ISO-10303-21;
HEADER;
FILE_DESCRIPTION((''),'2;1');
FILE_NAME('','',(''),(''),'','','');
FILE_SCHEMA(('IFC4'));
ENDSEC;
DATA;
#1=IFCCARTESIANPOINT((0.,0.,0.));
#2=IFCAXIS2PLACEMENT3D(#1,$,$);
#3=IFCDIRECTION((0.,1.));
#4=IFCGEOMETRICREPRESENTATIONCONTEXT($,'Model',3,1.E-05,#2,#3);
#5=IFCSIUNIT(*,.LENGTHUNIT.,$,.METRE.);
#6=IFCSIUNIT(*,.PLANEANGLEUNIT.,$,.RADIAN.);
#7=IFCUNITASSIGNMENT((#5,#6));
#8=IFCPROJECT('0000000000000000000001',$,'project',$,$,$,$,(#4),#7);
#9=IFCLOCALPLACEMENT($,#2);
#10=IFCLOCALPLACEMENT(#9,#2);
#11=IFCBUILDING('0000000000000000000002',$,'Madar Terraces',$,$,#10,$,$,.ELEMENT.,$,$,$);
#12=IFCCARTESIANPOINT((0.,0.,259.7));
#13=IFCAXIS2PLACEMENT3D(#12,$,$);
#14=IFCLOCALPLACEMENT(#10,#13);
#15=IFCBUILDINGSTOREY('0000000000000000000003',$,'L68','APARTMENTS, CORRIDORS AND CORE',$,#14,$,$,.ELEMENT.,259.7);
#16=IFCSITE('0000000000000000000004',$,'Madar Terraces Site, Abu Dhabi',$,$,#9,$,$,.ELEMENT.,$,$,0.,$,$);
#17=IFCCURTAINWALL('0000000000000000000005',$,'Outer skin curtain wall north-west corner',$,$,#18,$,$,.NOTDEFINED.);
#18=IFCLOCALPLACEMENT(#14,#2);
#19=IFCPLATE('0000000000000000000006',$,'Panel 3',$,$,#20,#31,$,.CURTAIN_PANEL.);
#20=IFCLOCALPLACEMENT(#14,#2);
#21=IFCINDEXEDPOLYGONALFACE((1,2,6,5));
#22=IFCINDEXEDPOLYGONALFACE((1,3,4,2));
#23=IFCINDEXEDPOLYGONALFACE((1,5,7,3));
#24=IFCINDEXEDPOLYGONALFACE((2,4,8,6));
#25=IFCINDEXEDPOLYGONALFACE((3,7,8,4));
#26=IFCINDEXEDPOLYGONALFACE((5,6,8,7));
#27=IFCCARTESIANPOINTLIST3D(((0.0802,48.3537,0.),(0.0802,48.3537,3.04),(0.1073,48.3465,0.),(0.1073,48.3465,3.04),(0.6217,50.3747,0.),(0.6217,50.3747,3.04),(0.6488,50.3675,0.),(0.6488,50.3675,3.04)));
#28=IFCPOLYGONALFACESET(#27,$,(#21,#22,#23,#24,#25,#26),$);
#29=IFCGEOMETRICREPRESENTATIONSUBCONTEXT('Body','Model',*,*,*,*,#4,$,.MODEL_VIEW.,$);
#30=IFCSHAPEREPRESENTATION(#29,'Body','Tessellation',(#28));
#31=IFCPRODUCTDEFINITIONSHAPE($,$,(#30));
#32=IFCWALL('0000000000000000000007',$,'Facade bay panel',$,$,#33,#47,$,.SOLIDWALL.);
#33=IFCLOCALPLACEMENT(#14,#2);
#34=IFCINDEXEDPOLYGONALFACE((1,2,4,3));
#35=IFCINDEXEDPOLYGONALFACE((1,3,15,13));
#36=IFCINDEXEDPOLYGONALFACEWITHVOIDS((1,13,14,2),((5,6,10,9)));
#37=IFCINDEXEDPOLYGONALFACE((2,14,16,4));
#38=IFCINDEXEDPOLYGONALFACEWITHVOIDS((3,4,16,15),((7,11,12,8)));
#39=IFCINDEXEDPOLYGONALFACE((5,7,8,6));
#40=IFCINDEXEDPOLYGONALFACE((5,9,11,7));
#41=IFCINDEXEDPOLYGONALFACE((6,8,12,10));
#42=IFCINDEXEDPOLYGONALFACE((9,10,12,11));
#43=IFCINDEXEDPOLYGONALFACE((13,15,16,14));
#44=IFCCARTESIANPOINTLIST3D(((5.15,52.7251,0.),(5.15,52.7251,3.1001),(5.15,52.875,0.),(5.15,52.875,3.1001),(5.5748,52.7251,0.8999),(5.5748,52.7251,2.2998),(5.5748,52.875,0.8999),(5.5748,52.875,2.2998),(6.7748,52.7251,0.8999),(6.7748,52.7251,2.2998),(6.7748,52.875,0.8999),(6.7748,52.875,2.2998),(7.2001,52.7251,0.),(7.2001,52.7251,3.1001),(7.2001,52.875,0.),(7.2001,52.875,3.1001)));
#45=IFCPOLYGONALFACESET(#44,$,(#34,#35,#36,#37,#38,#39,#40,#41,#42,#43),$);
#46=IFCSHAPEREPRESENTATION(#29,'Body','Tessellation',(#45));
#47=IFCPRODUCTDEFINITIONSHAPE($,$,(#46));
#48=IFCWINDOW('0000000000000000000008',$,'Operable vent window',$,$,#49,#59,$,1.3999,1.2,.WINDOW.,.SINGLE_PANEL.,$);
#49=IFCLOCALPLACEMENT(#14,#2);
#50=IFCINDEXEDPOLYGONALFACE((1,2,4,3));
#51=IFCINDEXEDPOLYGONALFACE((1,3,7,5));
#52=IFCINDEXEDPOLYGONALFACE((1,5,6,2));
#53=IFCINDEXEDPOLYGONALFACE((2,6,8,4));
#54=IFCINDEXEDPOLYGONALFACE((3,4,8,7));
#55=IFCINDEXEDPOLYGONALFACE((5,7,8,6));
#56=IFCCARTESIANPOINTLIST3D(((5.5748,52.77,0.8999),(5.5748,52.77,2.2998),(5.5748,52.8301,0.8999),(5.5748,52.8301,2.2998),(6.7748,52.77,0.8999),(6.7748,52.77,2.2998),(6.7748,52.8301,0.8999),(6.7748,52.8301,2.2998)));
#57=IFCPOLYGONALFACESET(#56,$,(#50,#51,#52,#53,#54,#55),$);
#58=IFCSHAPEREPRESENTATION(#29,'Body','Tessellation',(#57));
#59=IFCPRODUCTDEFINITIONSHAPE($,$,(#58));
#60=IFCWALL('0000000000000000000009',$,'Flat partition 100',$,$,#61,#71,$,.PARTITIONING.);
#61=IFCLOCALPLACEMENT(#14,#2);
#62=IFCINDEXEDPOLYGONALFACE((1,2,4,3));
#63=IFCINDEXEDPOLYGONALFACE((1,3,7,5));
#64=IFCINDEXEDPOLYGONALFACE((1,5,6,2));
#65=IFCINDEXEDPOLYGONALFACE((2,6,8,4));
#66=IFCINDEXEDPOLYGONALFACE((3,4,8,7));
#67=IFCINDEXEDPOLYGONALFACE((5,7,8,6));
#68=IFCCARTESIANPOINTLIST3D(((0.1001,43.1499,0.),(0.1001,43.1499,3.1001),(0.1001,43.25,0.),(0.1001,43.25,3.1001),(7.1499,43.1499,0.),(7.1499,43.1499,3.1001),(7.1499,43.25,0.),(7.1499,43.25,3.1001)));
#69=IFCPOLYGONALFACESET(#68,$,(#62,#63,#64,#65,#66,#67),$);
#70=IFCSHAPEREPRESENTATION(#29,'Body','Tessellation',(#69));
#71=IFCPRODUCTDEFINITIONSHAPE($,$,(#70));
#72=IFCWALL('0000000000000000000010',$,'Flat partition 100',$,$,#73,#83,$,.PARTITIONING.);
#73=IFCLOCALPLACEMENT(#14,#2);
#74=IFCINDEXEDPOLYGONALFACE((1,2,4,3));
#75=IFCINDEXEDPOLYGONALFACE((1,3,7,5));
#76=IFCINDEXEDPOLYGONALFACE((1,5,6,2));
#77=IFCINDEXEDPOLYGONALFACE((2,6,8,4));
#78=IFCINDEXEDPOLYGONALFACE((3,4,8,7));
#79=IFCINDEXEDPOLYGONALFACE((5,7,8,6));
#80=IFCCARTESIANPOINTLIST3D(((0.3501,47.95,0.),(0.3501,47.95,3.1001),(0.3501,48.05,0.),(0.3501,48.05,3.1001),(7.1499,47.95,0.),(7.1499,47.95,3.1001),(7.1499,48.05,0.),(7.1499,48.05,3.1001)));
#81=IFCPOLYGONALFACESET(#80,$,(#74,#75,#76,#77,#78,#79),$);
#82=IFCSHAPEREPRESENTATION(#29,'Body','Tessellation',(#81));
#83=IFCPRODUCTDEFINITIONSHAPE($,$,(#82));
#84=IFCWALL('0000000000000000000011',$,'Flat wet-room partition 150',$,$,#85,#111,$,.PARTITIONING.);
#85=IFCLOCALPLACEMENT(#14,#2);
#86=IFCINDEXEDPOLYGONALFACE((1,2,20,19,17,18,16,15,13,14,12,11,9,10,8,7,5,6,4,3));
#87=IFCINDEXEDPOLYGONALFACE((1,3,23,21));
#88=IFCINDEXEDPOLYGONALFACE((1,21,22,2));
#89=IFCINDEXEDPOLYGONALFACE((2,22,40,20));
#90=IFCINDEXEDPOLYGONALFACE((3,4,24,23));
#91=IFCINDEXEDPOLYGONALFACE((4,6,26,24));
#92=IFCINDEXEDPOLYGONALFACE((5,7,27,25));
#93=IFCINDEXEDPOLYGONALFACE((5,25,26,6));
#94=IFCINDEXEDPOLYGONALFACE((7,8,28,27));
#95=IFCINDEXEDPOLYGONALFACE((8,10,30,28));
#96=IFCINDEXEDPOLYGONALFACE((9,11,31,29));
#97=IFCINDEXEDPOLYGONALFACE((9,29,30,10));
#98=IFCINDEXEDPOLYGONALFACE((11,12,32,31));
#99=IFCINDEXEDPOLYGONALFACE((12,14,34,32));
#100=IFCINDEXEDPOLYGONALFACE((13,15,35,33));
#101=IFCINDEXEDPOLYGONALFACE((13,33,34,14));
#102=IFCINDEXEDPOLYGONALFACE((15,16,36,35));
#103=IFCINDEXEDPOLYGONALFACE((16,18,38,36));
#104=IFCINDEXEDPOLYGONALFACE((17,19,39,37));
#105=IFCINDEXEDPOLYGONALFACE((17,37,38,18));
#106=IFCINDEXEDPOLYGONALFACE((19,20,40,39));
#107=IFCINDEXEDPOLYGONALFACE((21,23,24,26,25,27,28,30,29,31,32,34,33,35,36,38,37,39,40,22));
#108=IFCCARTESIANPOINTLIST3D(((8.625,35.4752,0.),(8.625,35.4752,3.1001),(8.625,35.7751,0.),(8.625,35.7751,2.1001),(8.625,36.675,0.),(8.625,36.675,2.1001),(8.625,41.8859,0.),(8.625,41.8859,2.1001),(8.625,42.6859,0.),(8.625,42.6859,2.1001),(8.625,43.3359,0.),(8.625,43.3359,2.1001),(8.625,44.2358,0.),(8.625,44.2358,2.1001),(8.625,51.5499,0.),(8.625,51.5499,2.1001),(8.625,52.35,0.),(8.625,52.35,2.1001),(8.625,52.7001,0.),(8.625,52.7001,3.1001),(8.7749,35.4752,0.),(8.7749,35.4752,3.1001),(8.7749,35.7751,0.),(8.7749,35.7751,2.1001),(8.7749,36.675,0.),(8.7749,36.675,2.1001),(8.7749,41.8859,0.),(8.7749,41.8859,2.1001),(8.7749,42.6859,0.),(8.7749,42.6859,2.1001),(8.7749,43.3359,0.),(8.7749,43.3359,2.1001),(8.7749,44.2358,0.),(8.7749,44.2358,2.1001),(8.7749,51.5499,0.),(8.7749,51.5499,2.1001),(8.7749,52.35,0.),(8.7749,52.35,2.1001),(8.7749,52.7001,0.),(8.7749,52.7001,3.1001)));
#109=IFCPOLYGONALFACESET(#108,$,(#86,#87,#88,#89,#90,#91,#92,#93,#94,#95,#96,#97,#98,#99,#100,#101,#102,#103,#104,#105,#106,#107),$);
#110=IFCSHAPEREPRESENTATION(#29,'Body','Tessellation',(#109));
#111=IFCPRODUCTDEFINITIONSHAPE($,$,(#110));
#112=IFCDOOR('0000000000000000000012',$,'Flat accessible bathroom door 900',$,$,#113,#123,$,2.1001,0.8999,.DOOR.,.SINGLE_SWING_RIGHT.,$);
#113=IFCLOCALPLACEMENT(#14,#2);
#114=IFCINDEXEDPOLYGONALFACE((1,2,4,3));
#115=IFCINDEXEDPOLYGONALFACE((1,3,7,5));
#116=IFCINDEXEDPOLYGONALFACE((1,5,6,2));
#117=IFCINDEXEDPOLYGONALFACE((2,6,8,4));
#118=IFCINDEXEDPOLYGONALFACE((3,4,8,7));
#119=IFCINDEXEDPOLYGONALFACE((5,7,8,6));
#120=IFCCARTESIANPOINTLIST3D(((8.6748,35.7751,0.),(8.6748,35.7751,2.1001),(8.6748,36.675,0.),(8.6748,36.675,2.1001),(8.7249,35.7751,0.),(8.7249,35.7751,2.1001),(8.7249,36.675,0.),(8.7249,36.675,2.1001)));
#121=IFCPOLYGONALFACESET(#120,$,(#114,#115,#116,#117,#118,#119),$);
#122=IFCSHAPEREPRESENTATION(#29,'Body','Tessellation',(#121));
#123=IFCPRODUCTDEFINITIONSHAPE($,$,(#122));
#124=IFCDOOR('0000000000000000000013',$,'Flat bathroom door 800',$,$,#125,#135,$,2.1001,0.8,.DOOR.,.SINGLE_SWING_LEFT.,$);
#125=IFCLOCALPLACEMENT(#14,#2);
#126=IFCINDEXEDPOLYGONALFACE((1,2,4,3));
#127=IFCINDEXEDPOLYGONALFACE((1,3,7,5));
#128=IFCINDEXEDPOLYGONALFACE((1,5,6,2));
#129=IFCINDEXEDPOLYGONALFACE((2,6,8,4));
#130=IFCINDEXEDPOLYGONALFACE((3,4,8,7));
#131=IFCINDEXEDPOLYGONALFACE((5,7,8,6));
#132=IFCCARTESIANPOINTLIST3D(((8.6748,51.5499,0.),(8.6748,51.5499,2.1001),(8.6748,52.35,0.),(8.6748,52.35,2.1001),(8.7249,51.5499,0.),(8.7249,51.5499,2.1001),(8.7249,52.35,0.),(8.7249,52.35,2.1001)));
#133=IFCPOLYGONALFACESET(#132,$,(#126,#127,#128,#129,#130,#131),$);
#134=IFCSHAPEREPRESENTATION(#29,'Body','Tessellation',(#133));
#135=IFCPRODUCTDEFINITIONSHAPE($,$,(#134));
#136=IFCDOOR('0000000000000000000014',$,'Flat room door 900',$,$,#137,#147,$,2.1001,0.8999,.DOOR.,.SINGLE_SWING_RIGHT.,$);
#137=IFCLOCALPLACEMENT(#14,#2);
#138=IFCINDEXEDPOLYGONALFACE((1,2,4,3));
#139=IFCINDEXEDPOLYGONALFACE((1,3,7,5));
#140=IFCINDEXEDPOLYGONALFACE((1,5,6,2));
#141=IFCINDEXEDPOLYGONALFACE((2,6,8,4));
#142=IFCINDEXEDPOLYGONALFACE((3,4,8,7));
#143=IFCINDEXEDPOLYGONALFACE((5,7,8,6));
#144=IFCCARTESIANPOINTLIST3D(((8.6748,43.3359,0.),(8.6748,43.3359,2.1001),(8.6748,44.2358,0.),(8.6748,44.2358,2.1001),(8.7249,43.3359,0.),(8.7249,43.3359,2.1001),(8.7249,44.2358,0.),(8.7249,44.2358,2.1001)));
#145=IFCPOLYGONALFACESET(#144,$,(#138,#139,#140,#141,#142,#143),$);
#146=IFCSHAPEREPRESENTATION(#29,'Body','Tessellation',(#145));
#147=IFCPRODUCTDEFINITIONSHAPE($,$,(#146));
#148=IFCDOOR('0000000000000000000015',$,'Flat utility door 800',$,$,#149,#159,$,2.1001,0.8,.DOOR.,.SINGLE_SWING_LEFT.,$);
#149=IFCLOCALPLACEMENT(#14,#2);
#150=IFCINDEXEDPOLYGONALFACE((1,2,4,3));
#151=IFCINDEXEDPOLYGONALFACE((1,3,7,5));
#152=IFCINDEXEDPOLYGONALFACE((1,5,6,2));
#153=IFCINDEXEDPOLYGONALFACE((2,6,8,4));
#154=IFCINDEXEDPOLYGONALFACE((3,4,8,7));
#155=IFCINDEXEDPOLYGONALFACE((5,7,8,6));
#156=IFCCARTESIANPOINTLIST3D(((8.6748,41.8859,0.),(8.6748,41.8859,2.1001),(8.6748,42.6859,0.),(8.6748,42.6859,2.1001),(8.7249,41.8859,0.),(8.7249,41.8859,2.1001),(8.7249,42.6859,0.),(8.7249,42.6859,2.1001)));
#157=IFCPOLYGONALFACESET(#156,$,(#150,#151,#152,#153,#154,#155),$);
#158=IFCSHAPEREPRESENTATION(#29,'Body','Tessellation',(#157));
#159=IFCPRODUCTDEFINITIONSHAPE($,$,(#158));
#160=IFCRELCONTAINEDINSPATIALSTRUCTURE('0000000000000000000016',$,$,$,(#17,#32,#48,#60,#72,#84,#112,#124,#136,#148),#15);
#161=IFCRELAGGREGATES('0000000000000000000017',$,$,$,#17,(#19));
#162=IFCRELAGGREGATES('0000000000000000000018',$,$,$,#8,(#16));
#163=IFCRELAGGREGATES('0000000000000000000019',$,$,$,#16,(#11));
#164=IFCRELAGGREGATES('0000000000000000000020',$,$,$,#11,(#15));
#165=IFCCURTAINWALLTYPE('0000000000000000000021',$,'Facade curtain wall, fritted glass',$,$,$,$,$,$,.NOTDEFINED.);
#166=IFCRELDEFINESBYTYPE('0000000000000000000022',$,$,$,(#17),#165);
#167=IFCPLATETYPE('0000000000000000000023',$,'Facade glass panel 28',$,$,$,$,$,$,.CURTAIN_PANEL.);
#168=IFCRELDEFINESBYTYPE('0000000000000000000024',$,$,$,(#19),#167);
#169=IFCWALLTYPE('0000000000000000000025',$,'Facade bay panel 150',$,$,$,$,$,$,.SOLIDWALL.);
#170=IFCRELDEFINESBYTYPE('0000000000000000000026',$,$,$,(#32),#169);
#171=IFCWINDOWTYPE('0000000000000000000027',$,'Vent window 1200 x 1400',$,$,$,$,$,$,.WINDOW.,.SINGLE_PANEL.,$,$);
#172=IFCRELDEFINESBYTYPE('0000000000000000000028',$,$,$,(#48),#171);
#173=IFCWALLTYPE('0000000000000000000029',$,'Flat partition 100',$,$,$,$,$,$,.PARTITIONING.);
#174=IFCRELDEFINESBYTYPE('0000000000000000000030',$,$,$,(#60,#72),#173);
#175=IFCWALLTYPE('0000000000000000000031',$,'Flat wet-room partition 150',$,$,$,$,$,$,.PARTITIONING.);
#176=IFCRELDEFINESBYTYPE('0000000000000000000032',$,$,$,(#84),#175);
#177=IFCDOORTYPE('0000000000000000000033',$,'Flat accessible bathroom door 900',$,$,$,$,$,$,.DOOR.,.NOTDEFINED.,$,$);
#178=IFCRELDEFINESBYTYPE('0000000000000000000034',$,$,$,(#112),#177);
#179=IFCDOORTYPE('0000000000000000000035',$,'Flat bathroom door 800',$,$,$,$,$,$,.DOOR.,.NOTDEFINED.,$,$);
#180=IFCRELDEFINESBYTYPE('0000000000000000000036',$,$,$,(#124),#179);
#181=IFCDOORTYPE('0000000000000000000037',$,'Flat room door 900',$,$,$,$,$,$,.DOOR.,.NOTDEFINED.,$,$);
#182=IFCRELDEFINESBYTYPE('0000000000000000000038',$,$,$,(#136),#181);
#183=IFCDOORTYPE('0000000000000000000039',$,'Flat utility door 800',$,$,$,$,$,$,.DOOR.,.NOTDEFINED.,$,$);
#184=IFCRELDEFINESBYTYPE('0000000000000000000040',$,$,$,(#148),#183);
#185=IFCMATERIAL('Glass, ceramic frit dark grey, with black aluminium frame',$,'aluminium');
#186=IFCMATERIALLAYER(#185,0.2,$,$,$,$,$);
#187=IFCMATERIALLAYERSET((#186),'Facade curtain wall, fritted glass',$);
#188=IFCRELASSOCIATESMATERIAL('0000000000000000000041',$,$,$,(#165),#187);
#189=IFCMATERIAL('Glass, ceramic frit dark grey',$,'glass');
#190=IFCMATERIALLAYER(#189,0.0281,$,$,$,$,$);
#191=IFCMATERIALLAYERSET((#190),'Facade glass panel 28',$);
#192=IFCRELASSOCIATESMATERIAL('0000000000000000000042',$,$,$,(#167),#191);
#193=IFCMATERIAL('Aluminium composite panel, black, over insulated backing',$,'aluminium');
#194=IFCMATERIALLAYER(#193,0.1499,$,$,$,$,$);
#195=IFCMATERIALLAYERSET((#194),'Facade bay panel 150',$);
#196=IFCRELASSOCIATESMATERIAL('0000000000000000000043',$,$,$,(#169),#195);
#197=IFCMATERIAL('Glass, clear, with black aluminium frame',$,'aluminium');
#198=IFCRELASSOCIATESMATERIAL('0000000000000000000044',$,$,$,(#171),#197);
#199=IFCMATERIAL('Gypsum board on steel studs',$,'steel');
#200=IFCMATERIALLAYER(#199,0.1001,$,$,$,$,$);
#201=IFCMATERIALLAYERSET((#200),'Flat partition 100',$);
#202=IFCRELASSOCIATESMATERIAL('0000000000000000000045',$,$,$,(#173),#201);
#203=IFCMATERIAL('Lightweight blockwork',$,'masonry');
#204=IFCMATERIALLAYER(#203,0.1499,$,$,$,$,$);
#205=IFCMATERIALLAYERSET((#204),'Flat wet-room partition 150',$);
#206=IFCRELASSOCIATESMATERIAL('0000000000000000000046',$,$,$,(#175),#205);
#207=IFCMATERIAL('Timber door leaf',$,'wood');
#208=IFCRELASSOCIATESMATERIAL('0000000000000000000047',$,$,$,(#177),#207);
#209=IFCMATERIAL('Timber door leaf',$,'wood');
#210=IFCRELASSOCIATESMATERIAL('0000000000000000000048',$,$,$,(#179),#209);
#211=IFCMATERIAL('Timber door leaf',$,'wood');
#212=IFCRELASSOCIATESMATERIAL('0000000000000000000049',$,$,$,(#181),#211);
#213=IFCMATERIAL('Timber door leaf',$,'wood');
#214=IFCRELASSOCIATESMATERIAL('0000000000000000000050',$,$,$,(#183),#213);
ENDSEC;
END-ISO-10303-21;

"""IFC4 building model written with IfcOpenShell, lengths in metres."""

from ifc_helpers import new_model, si_unit, direction, frame, frame_2d, origin, origin_2d, place, context, subcontext, project, spatial, rectangle, extrude, material, layer, layer_set, type_object, element, fill, aggregate, save


model = new_model("IFC4")

# Units and contexts
model_context = context("Model", 3, precision=1e-05, world=origin(), true_north=direction((0.0, 1.0)))
body_context = subcontext(model_context, "Body", "Model", "MODEL_VIEW")
ifc_project = project(units=[si_unit("LENGTHUNIT", "METRE"), si_unit("PLANEANGLEUNIT", "RADIAN")], contexts=[model_context])

# Site, building, storey
site_placement = place(None, origin())
site = spatial("IfcSite", under=ifc_project, at=site_placement, Name="Madar Terraces Site, Abu Dhabi", CompositionType="ELEMENT", RefElevation=0.0)
building_placement = place(site_placement, origin())
building = spatial("IfcBuilding", under=site, at=building_placement, Name="Madar Terraces", CompositionType="ELEMENT")
storey_placement = place(building_placement, frame((0.0, 0.0, 259.7)))
storey = spatial("IfcBuildingStorey", under=building, at=storey_placement, Name="L68", Description="APARTMENTS, CORRIDORS AND CORE", CompositionType="ELEMENT", Elevation=259.7)

# Shared definitions
ifc_material_1 = material(Name="Glass, ceramic frit dark grey, with black aluminium frame", Category="aluminium")
ifc_layer_1 = layer(ifc_material_1, 0.2)
ifc_layer_set_1 = layer_set([ifc_layer_1], Name="Facade curtain wall, fritted glass")
curtain_wall_type = type_object("IfcCurtainWallType", Name="Facade curtain wall, fritted glass", PredefinedType="NOTDEFINED", material=ifc_layer_set_1)

# Curtain wall
curtain_wall_1_placement = place(storey_placement, origin())
curtain_wall_1 = element("IfcCurtainWall", 1, at=curtain_wall_1_placement, inside=storey, type_object=curtain_wall_type, Name="Outer skin curtain wall north-west corner", PredefinedType="NOTDEFINED")

# Plate
ifc_material_2 = material(Name="Glass, ceramic frit dark grey", Category="glass")
ifc_layer_2 = layer(ifc_material_2, 0.0281)
ifc_layer_set_2 = layer_set([ifc_layer_2], Name="Facade glass panel 28")
plate_type = type_object("IfcPlateType", Name="Facade glass panel 28", PredefinedType="CURTAIN_PANEL", material=ifc_layer_set_2)
plate_1_placement = place(storey_placement, frame((0.3645, 49.3606, 0.0), z_axis=(0.0, 0.0, 1.0), x_axis=(-0.258819, -0.965926, 0.0)))
plate_1 = element("IfcPlate", 2, at=plate_1_placement, type_object=plate_type, Name="Panel 3", PredefinedType="CURTAIN_PANEL", context=body_context, shape_type="SweptSolid", body=[
    extrude(rectangle(XDim=2.0923, YDim=0.0281, at=origin_2d()), origin(), (0.0, 0.0, 1.0), 3.04),
])
aggregate(curtain_wall_1, [plate_1])

# Wall, opening, window
ifc_material_3 = material(Name="Aluminium composite panel, black, over insulated backing", Category="aluminium")
ifc_layer_3 = layer(ifc_material_3, 0.1499)
ifc_layer_set_3 = layer_set([ifc_layer_3], Name="Facade bay panel 150")
wall_type_1 = type_object("IfcWallType", Name="Facade bay panel 150", PredefinedType="SOLIDWALL", material=ifc_layer_set_3)
wall_1_placement = place(storey_placement, frame((7.2, 52.8, 0.0), z_axis=(0.0, 0.0, 1.0), x_axis=(-1.0, 0.0, 0.0)))
wall_1 = element("IfcWall", 3, at=wall_1_placement, inside=storey, type_object=wall_type_1, Name="Facade bay panel", PredefinedType="SOLIDWALL", context=body_context, shape_type="SweptSolid", body=[
    extrude(rectangle(XDim=2.05, YDim=0.1499, at=frame_2d((1.0249, 0.0))), origin(), (0.0, 0.0, 1.0), 3.1001),
])
opening_1_placement = place(wall_1_placement, frame((0.425, 0.0, 0.8999)))
opening_1 = element("IfcOpeningElement", 4, at=opening_1_placement, cuts=wall_1, PredefinedType="OPENING", context=body_context, shape_type="SweptSolid", body=[
    extrude(rectangle(XDim=1.2, YDim=1.3999, at=frame_2d((0.6001, 0.7))), frame((0.0, 0.085, 0.0), z_axis=(0.0, -1.0, 0.0), x_axis=(1.0, 0.0, 0.0)), (0.0, 0.0, 1.0), 0.1699),
])
ifc_material_4 = material(Name="Glass, clear, with black aluminium frame", Category="aluminium")
window_type = type_object("IfcWindowType", Name="Vent window 1200 x 1400", PartitioningType="SINGLE_PANEL", PredefinedType="WINDOW", material=ifc_material_4)
window_placement = place(opening_1_placement, origin())
window = element("IfcWindow", 5, at=window_placement, inside=storey, type_object=window_type, Name="Operable vent window", OverallHeight=1.3999, OverallWidth=1.2, PartitioningType="SINGLE_PANEL", PredefinedType="WINDOW", context=body_context, shape_type="SweptSolid", body=[
    extrude(rectangle(XDim=1.2, YDim=1.3999, at=frame_2d((0.6001, 0.7))), frame((0.0, 0.03, 0.0), z_axis=(0.0, -1.0, 0.0), x_axis=(1.0, 0.0, 0.0)), (0.0, 0.0, 1.0), 0.0601),
])
fill(opening_1, window)

# Walls
ifc_material_5 = material(Name="Gypsum board on steel studs", Category="steel")
ifc_layer_4 = layer(ifc_material_5, 0.1001)
ifc_layer_set_4 = layer_set([ifc_layer_4], Name="Flat partition 100")
wall_type_2 = type_object("IfcWallType", Name="Flat partition 100", PredefinedType="PARTITIONING", material=ifc_layer_set_4)
wall_2_placement = place(storey_placement, frame((7.1499, 43.2, 0.0), z_axis=(0.0, 0.0, 1.0), x_axis=(-1.0, 0.0, 0.0)))
element("IfcWall", 6, at=wall_2_placement, inside=storey, type_object=wall_type_2, Name="Flat partition 100", PredefinedType="PARTITIONING", context=body_context, shape_type="SweptSolid", body=[
    extrude(rectangle(XDim=7.0498, YDim=0.1001, at=frame_2d((3.5249, 0.0))), origin(), (0.0, 0.0, 1.0), 3.1001),
])
wall_3_placement = place(storey_placement, frame((7.1499, 48.0, 0.0), z_axis=(0.0, 0.0, 1.0), x_axis=(-1.0, 0.0, 0.0)))
element("IfcWall", 7, at=wall_3_placement, inside=storey, type_object=wall_type_2, Name="Flat partition 100", PredefinedType="PARTITIONING", context=body_context, shape_type="SweptSolid", body=[
    extrude(rectangle(XDim=6.7998, YDim=0.1001, at=frame_2d((3.3999, 0.0))), origin(), (0.0, 0.0, 1.0), 3.1001),
])

# Wall, openings, doors
ifc_material_6 = material(Name="Lightweight blockwork", Category="masonry")
ifc_layer_5 = layer(ifc_material_6, 0.1499)
ifc_layer_set_5 = layer_set([ifc_layer_5], Name="Flat wet-room partition 150")
wall_type_3 = type_object("IfcWallType", Name="Flat wet-room partition 150", PredefinedType="PARTITIONING", material=ifc_layer_set_5)
wall_4_placement = place(storey_placement, frame((8.7, 52.7, 0.0), z_axis=(0.0, 0.0, 1.0), x_axis=(0.0, -1.0, 0.0)))
wall_4 = element("IfcWall", 8, at=wall_4_placement, inside=storey, type_object=wall_type_3, Name="Flat wet-room partition 150", PredefinedType="PARTITIONING", context=body_context, shape_type="SweptSolid", body=[
    extrude(rectangle(XDim=17.2249, YDim=0.1499, at=frame_2d((8.6123, 0.0))), origin(), (0.0, 0.0, 1.0), 3.1001),
])
opening_2_placement = place(wall_4_placement, frame((16.0249, 0.0, 0.0)))
opening_2 = element("IfcOpeningElement", 9, at=opening_2_placement, cuts=wall_4, PredefinedType="OPENING", context=body_context, shape_type="SweptSolid", body=[
    extrude(rectangle(XDim=0.8999, YDim=2.1001, at=frame_2d((0.45, 1.05))), frame((0.0, 0.085, 0.0), z_axis=(0.0, -1.0, 0.0), x_axis=(1.0, 0.0, 0.0)), (0.0, 0.0, 1.0), 0.1699),
])
opening_3_placement = place(wall_4_placement, frame((10.0142, 0.0, 0.0)))
opening_3 = element("IfcOpeningElement", 10, at=opening_3_placement, cuts=wall_4, PredefinedType="OPENING", context=body_context, shape_type="SweptSolid", body=[
    extrude(rectangle(XDim=0.8, YDim=2.1001, at=frame_2d((0.3999, 1.05))), frame((0.0, 0.085, 0.0), z_axis=(0.0, -1.0, 0.0), x_axis=(1.0, 0.0, 0.0)), (0.0, 0.0, 1.0), 0.1699),
])
opening_4_placement = place(wall_4_placement, frame((8.4641, 0.0, 0.0)))
opening_4 = element("IfcOpeningElement", 11, at=opening_4_placement, cuts=wall_4, PredefinedType="OPENING", context=body_context, shape_type="SweptSolid", body=[
    extrude(rectangle(XDim=0.8999, YDim=2.1001, at=frame_2d((0.45, 1.05))), frame((0.0, 0.085, 0.0), z_axis=(0.0, -1.0, 0.0), x_axis=(1.0, 0.0, 0.0)), (0.0, 0.0, 1.0), 0.1699),
])
opening_5_placement = place(wall_4_placement, frame((0.3501, 0.0, 0.0)))
opening_5 = element("IfcOpeningElement", 12, at=opening_5_placement, cuts=wall_4, PredefinedType="OPENING", context=body_context, shape_type="SweptSolid", body=[
    extrude(rectangle(XDim=0.8, YDim=2.1001, at=frame_2d((0.3999, 1.05))), frame((0.0, 0.085, 0.0), z_axis=(0.0, -1.0, 0.0), x_axis=(1.0, 0.0, 0.0)), (0.0, 0.0, 1.0), 0.1699),
])
ifc_material_7 = material(Name="Timber door leaf", Category="wood")
door_type_1 = type_object("IfcDoorType", Name="Flat accessible bathroom door 900", OperationType="NOTDEFINED", PredefinedType="DOOR", material=ifc_material_7)
door_1_placement = place(opening_2_placement, origin())
door_1 = element("IfcDoor", 13, at=door_1_placement, inside=storey, type_object=door_type_1, Name="Flat accessible bathroom door 900", OperationType="SINGLE_SWING_RIGHT", OverallHeight=2.1001, OverallWidth=0.8999, PredefinedType="DOOR", context=body_context, shape_type="SweptSolid", body=[
    extrude(rectangle(XDim=0.8999, YDim=2.1001, at=frame_2d((0.45, 1.05))), frame((0.0, 0.0249, 0.0), z_axis=(0.0, -1.0, 0.0), x_axis=(1.0, 0.0, 0.0)), (0.0, 0.0, 1.0), 0.05),
])
fill(opening_2, door_1)
ifc_material_8 = material(Name="Timber door leaf", Category="wood")
door_type_2 = type_object("IfcDoorType", Name="Flat bathroom door 800", OperationType="NOTDEFINED", PredefinedType="DOOR", material=ifc_material_8)
door_2_placement = place(opening_5_placement, origin())
door_2 = element("IfcDoor", 14, at=door_2_placement, inside=storey, type_object=door_type_2, Name="Flat bathroom door 800", OperationType="SINGLE_SWING_LEFT", OverallHeight=2.1001, OverallWidth=0.8, PredefinedType="DOOR", context=body_context, shape_type="SweptSolid", body=[
    extrude(rectangle(XDim=0.8, YDim=2.1001, at=frame_2d((0.3999, 1.05))), frame((0.0, 0.0249, 0.0), z_axis=(0.0, -1.0, 0.0), x_axis=(1.0, 0.0, 0.0)), (0.0, 0.0, 1.0), 0.05),
])
fill(opening_5, door_2)
ifc_material_9 = material(Name="Timber door leaf", Category="wood")
door_type_3 = type_object("IfcDoorType", Name="Flat room door 900", OperationType="NOTDEFINED", PredefinedType="DOOR", material=ifc_material_9)
door_3_placement = place(opening_4_placement, origin())
door_3 = element("IfcDoor", 15, at=door_3_placement, inside=storey, type_object=door_type_3, Name="Flat room door 900", OperationType="SINGLE_SWING_RIGHT", OverallHeight=2.1001, OverallWidth=0.8999, PredefinedType="DOOR", context=body_context, shape_type="SweptSolid", body=[
    extrude(rectangle(XDim=0.8999, YDim=2.1001, at=frame_2d((0.45, 1.05))), frame((0.0, 0.0249, 0.0), z_axis=(0.0, -1.0, 0.0), x_axis=(1.0, 0.0, 0.0)), (0.0, 0.0, 1.0), 0.05),
])
fill(opening_4, door_3)
ifc_material_10 = material(Name="Timber door leaf", Category="wood")
door_type_4 = type_object("IfcDoorType", Name="Flat utility door 800", OperationType="NOTDEFINED", PredefinedType="DOOR", material=ifc_material_10)
door_4_placement = place(opening_3_placement, origin())
door_4 = element("IfcDoor", 16, at=door_4_placement, inside=storey, type_object=door_type_4, Name="Flat utility door 800", OperationType="SINGLE_SWING_LEFT", OverallHeight=2.1001, OverallWidth=0.8, PredefinedType="DOOR", context=body_context, shape_type="SweptSolid", body=[
    extrude(rectangle(XDim=0.8, YDim=2.1001, at=frame_2d((0.3999, 1.05))), frame((0.0, 0.0249, 0.0), z_axis=(0.0, -1.0, 0.0), x_axis=(1.0, 0.0, 0.0)), (0.0, 0.0, 1.0), 0.05),
])
fill(opening_3, door_4)

save(model, "model.ifc")
